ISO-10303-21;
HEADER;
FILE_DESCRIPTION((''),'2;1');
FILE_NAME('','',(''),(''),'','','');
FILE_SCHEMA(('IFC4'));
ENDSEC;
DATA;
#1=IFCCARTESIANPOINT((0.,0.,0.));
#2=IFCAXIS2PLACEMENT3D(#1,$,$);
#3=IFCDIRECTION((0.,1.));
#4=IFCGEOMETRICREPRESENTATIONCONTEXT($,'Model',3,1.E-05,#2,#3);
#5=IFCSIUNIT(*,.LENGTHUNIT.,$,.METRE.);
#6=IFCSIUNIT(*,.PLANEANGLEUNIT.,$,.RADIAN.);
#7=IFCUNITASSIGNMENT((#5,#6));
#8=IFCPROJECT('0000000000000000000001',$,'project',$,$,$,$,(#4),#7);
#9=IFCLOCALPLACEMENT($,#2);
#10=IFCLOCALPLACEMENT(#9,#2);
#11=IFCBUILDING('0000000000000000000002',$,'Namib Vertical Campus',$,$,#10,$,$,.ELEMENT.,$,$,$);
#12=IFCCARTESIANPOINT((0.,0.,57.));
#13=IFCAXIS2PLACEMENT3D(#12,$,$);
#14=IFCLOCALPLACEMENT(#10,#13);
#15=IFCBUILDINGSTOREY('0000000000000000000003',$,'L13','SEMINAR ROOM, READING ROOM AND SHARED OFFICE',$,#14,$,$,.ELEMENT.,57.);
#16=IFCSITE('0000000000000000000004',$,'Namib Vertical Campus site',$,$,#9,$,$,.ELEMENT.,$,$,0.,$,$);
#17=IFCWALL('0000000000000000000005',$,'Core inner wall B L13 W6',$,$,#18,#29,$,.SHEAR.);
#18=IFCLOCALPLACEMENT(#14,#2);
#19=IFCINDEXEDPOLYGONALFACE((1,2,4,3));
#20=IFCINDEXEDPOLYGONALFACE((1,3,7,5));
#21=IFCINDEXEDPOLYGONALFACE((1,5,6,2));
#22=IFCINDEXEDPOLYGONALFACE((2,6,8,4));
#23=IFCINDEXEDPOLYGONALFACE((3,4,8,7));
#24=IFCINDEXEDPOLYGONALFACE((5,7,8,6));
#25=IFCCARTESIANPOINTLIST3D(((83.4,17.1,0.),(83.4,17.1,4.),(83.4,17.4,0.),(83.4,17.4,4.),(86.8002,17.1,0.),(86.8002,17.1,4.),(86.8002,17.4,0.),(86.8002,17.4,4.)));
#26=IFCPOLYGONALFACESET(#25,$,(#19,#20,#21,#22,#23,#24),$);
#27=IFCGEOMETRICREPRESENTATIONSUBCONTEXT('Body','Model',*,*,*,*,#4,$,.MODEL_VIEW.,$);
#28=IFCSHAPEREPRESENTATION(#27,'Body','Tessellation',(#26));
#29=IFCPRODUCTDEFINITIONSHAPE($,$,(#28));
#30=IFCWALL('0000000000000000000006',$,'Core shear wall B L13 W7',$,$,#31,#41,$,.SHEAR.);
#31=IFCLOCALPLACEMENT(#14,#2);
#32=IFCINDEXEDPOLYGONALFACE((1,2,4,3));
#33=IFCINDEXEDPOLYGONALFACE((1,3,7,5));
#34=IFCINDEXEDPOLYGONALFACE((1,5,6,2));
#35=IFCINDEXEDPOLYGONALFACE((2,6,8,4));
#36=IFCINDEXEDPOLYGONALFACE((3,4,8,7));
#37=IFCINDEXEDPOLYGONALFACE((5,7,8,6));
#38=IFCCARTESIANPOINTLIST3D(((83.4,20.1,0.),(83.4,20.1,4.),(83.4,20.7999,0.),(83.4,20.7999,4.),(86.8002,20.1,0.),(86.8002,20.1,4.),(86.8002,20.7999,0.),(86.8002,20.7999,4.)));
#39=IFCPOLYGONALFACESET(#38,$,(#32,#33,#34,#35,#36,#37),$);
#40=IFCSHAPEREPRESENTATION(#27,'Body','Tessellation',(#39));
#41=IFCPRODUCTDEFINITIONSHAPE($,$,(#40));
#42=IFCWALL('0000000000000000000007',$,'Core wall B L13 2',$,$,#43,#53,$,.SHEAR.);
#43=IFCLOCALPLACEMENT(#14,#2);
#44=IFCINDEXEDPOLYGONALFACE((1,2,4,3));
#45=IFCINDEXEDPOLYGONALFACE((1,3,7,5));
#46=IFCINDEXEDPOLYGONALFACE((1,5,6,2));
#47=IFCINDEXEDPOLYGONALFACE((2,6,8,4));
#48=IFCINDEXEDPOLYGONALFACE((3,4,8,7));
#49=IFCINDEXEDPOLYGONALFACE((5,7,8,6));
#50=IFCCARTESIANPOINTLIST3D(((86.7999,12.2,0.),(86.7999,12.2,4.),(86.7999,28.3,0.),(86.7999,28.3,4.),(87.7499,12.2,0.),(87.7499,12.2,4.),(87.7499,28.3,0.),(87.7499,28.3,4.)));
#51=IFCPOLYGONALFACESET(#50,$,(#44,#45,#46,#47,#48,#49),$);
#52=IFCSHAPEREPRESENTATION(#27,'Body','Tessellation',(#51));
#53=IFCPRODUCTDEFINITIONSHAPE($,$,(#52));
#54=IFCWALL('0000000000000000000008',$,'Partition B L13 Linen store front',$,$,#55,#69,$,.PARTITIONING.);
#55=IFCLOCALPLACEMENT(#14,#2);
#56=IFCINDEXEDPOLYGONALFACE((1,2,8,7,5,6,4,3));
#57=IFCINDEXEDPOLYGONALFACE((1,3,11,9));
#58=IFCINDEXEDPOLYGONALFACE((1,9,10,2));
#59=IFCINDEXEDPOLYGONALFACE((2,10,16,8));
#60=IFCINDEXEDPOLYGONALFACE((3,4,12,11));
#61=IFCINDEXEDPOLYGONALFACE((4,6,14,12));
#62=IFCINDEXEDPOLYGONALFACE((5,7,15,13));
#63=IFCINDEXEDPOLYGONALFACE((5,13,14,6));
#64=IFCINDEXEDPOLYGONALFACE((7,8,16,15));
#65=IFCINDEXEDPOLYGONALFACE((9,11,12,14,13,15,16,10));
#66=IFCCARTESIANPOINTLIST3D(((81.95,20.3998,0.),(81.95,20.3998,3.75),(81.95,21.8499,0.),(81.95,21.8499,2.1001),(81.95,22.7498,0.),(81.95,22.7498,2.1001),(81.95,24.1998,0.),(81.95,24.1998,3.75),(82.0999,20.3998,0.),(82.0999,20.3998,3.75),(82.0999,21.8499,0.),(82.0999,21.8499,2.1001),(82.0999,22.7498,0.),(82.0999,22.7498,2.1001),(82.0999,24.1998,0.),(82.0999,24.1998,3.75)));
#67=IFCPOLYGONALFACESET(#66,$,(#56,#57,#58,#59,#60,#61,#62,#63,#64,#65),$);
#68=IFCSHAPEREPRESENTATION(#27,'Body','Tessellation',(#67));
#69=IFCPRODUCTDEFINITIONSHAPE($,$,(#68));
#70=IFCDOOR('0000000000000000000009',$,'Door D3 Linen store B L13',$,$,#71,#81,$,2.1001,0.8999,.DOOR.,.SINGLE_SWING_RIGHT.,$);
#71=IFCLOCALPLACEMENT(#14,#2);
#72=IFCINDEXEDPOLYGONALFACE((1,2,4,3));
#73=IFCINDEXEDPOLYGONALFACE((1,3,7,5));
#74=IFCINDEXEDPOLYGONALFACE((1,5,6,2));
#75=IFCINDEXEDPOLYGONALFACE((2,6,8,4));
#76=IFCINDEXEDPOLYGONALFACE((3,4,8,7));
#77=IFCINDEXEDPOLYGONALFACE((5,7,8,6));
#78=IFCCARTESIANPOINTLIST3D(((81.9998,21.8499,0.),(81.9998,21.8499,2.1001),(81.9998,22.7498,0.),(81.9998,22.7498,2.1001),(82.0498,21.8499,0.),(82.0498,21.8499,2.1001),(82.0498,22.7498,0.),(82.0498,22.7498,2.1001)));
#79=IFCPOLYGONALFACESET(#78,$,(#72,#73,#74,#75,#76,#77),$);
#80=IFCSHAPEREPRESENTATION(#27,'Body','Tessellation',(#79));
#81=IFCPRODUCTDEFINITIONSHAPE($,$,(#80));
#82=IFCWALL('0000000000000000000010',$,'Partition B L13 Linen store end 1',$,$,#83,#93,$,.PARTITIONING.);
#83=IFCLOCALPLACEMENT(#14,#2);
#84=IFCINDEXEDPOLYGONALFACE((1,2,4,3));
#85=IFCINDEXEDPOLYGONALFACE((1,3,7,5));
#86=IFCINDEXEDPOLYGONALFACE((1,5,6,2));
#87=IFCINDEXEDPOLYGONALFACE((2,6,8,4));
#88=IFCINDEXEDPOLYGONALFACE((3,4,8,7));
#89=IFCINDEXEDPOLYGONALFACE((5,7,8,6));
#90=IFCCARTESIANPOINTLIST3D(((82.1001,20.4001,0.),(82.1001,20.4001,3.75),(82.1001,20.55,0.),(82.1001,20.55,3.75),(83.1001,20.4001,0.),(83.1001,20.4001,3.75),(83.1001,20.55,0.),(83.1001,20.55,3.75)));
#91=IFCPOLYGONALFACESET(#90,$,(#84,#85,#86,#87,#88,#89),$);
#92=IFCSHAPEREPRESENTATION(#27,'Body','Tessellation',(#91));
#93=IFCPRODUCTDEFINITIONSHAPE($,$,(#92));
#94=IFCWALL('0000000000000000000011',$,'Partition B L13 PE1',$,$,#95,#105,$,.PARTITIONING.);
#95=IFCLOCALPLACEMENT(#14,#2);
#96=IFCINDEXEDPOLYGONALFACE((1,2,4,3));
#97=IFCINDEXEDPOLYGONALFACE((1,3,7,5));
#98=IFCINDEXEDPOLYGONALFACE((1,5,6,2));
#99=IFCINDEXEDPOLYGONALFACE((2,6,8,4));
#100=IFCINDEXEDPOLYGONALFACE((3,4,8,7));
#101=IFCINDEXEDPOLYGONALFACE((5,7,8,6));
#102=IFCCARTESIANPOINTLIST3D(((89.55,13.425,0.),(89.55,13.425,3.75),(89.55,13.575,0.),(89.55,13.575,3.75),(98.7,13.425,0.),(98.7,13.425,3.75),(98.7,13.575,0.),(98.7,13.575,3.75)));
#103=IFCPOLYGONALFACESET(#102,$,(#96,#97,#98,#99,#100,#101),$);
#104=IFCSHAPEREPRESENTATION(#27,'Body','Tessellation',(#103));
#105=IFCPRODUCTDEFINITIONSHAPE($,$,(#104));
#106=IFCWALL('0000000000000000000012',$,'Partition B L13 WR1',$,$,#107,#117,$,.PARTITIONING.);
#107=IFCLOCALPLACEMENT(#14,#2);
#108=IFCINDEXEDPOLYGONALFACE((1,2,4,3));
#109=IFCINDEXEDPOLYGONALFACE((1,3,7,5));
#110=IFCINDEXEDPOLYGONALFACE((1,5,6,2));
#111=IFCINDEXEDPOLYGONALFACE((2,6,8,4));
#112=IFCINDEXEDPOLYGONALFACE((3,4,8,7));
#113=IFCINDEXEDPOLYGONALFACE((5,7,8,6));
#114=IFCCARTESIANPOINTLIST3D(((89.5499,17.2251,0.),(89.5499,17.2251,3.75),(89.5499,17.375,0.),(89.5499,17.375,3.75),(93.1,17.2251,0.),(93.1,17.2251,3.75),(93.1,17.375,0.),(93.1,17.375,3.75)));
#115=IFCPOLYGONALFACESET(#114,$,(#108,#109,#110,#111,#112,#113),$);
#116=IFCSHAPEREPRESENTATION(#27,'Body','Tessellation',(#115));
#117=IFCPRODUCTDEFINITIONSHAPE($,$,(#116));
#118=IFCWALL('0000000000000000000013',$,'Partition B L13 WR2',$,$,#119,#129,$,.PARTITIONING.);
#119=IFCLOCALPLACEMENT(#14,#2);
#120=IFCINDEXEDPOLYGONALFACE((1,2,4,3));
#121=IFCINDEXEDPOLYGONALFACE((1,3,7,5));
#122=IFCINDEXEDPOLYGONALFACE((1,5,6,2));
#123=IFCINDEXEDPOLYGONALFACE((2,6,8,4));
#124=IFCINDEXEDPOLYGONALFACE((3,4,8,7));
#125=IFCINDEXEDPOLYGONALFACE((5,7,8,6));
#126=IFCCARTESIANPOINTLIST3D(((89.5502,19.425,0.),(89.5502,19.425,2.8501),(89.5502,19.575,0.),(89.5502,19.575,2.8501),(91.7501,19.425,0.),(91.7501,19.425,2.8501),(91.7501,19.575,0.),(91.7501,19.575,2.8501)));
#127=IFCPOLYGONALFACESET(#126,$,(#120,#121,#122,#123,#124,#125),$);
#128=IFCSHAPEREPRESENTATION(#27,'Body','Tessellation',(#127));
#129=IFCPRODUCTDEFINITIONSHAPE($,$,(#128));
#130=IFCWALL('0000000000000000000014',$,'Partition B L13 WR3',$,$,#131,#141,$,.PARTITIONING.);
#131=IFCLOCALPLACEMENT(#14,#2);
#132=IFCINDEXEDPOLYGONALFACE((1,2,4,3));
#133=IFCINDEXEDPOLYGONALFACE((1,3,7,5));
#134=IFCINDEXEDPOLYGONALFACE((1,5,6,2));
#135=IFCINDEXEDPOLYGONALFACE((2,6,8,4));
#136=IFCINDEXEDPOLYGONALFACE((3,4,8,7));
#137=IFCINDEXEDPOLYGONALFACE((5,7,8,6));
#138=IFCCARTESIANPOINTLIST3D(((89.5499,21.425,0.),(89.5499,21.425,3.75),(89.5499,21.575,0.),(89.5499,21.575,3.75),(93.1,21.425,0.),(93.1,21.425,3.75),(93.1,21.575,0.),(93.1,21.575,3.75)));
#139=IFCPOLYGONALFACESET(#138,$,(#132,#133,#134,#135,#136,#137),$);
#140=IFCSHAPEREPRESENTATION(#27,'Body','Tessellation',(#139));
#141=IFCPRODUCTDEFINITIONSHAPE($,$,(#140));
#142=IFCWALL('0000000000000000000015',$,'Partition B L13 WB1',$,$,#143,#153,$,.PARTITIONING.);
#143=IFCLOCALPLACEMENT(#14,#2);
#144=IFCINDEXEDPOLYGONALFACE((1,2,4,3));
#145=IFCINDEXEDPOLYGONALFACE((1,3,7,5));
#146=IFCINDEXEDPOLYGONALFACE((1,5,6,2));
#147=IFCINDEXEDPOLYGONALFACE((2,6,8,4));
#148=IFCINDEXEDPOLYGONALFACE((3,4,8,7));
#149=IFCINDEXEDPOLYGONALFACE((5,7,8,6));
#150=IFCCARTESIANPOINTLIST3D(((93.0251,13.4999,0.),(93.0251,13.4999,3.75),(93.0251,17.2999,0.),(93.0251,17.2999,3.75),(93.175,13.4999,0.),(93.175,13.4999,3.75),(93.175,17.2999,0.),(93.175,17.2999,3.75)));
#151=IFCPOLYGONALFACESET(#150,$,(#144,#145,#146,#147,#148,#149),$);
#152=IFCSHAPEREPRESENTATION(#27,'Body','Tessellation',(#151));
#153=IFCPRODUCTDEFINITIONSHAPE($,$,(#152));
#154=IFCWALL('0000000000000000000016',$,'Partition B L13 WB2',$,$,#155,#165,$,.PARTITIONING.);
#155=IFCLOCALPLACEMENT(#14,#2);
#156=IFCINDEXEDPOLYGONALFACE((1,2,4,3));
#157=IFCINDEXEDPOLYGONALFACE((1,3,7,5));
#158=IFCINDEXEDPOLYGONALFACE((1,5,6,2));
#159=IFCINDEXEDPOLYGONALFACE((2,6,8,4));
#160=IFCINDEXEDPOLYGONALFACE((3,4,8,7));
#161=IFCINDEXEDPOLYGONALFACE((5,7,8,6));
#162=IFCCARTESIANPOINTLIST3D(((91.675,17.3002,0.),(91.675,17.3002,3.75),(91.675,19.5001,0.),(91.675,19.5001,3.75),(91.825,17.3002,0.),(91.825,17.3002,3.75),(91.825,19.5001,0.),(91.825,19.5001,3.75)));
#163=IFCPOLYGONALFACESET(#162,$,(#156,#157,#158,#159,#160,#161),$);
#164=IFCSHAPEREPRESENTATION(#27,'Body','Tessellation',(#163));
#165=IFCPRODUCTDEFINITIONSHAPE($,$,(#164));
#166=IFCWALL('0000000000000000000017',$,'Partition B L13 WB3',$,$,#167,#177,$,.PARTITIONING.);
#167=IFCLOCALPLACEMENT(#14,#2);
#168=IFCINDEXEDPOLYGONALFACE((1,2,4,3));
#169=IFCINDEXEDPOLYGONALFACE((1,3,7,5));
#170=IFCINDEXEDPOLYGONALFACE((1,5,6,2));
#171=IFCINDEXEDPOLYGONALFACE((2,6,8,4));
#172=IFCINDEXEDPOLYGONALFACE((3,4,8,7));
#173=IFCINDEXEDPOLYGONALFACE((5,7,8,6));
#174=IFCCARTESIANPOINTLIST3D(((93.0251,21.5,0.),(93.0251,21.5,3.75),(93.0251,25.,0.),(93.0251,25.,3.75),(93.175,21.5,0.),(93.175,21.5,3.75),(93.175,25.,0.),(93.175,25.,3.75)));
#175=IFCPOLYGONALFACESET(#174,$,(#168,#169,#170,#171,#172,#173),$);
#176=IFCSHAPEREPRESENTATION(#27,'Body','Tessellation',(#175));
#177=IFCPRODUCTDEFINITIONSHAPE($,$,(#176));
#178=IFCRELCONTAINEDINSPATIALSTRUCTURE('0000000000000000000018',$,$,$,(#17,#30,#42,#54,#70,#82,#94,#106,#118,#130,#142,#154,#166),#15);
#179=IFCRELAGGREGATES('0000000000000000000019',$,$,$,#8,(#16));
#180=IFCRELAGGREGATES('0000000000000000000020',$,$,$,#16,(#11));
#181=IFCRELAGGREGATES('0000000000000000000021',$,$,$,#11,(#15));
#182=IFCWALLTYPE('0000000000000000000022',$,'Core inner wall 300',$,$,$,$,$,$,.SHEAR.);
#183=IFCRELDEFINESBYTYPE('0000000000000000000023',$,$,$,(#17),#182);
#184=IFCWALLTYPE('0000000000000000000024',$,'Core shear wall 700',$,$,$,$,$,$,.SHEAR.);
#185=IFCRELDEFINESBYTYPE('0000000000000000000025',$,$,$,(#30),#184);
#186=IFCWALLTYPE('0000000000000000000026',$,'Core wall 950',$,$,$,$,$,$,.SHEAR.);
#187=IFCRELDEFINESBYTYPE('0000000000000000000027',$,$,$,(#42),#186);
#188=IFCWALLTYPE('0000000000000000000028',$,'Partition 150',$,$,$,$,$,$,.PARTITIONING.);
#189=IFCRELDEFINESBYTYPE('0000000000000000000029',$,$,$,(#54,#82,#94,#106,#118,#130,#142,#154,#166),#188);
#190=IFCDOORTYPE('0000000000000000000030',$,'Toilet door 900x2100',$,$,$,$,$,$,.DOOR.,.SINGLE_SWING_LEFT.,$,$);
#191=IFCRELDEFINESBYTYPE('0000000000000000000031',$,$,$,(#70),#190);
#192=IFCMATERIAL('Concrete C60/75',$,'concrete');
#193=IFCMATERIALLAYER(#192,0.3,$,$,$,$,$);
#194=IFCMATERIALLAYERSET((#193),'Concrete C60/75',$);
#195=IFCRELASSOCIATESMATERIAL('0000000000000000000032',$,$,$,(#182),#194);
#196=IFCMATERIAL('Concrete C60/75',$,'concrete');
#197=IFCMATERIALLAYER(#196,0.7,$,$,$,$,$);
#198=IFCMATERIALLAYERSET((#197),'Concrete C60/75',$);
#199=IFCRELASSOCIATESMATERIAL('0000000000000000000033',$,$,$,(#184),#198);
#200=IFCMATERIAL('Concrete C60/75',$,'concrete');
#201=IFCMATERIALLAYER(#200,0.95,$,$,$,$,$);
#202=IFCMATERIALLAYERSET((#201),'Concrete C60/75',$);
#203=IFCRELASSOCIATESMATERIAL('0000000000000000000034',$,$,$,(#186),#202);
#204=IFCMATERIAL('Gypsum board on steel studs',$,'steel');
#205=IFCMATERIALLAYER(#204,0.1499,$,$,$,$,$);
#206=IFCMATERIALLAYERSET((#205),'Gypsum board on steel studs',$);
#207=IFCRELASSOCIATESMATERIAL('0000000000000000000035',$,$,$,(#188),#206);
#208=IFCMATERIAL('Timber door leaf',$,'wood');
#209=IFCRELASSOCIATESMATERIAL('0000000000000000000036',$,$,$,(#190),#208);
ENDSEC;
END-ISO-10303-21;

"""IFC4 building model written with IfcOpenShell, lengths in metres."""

from ifc_helpers import new_model, si_unit, direction, frame, frame_2d, origin, place, context, subcontext, project, spatial, rectangle, extrude, material, layer, layer_set, type_object, element, fill, save


model = new_model("IFC4")

# Units and contexts
model_context = context("Model", 3, precision=1e-05, world=origin(), true_north=direction((0.0, 1.0)))
body_context = subcontext(model_context, "Body", "Model", "MODEL_VIEW")
ifc_project = project(units=[si_unit("LENGTHUNIT", "METRE"), si_unit("PLANEANGLEUNIT", "RADIAN")], contexts=[model_context])

# Site, building, storey
site_placement = place(None, origin())
site = spatial("IfcSite", under=ifc_project, at=site_placement, Name="Namib Vertical Campus site", CompositionType="ELEMENT", RefElevation=0.0)
building_placement = place(site_placement, origin())
building = spatial("IfcBuilding", under=site, at=building_placement, Name="Namib Vertical Campus", CompositionType="ELEMENT")
storey_placement = place(building_placement, frame((0.0, 0.0, 57.0)))
storey = spatial("IfcBuildingStorey", under=building, at=storey_placement, Name="L13", Description="SEMINAR ROOM, READING ROOM AND SHARED OFFICE", CompositionType="ELEMENT", Elevation=57.0)

# Shared definitions
ifc_material_1 = material(Name="Concrete C60/75", Category="concrete")
ifc_layer_1 = layer(ifc_material_1, 0.3)
ifc_layer_set_1 = layer_set([ifc_layer_1], Name="Concrete C60/75")
wall_type_1 = type_object("IfcWallType", Name="Core inner wall 300", PredefinedType="SHEAR", material=ifc_layer_set_1)

# Walls
for number, where, z_axis, x_axis, name in (
    (1, (83.3999, 17.25, 0.0), (0.0, 0.0, 1.0), (1.0, 0.0, 0.0), "Core inner wall B L13 W6"),
):
    element("IfcWall", number, at=place(storey_placement, frame(where, z_axis=z_axis, x_axis=x_axis)), inside=storey, type_object=wall_type_1, Name=name, PredefinedType="SHEAR", context=body_context, shape_type="SweptSolid", body=[
        extrude(rectangle(XDim=3.4001, YDim=0.3, at=frame_2d((1.7002, 0.0))), origin(), (0.0, 0.0, 1.0), 4.0),
    ])
ifc_material_2 = material(Name="Concrete C60/75", Category="concrete")
ifc_layer_2 = layer(ifc_material_2, 0.7)
ifc_layer_set_2 = layer_set([ifc_layer_2], Name="Concrete C60/75")
wall_type_2 = type_object("IfcWallType", Name="Core shear wall 700", PredefinedType="SHEAR", material=ifc_layer_set_2)
wall_1_placement = place(storey_placement, frame((83.3999, 20.45, 0.0), z_axis=(0.0, 0.0, 1.0), x_axis=(1.0, 0.0, 0.0)))
element("IfcWall", 2, at=wall_1_placement, inside=storey, type_object=wall_type_2, Name="Core shear wall B L13 W7", PredefinedType="SHEAR", context=body_context, shape_type="SweptSolid", body=[
    extrude(rectangle(XDim=3.4001, YDim=0.7, at=frame_2d((1.7002, 0.0))), origin(), (0.0, 0.0, 1.0), 4.0),
])
ifc_material_3 = material(Name="Concrete C60/75", Category="concrete")
ifc_layer_3 = layer(ifc_material_3, 0.95)
ifc_layer_set_3 = layer_set([ifc_layer_3], Name="Concrete C60/75")
wall_type_3 = type_object("IfcWallType", Name="Core wall 950", PredefinedType="SHEAR", material=ifc_layer_set_3)
wall_2_placement = place(storey_placement, frame((87.2749, 12.2, 0.0), z_axis=(0.0, 0.0, 1.0), x_axis=(0.0, 1.0, 0.0)))
element("IfcWall", 3, at=wall_2_placement, inside=storey, type_object=wall_type_3, Name="Core wall B L13 2", PredefinedType="SHEAR", context=body_context, shape_type="SweptSolid", body=[
    extrude(rectangle(XDim=16.1001, YDim=0.95, at=frame_2d((8.05, 0.0))), origin(), (0.0, 0.0, 1.0), 4.0),
])

# Wall, opening, door
ifc_material_4 = material(Name="Gypsum board on steel studs", Category="steel")
ifc_layer_4 = layer(ifc_material_4, 0.1499)
ifc_layer_set_4 = layer_set([ifc_layer_4], Name="Gypsum board on steel studs")
wall_type_4 = type_object("IfcWallType", Name="Partition 150", PredefinedType="PARTITIONING", material=ifc_layer_set_4)
wall_3_placement = place(storey_placement, frame((82.0249, 20.3999, 0.0), z_axis=(0.0, 0.0, 1.0), x_axis=(0.0, 1.0, 0.0)))
wall_3 = element("IfcWall", 4, at=wall_3_placement, inside=storey, type_object=wall_type_4, Name="Partition B L13 Linen store front", PredefinedType="PARTITIONING", context=body_context, shape_type="SweptSolid", body=[
    extrude(rectangle(XDim=3.8, YDim=0.1499, at=frame_2d((1.8999, 0.0))), origin(), (0.0, 0.0, 1.0), 3.75),
])
opening_1_placement = place(wall_3_placement, frame((1.45, 0.0, 0.0)))
opening_1 = element("IfcOpeningElement", 5, at=opening_1_placement, cuts=wall_3, PredefinedType="OPENING", context=body_context, shape_type="SweptSolid", body=[
    extrude(rectangle(XDim=0.8999, YDim=2.1001, at=frame_2d((0.45, 1.05))), frame((0.0, 0.085, 0.0), z_axis=(0.0, -1.0, 0.0), x_axis=(1.0, 0.0, 0.0)), (0.0, 0.0, 1.0), 0.1699),
])
ifc_material_5 = material(Name="Timber door leaf", Category="wood")
door_type_1 = type_object("IfcDoorType", Name="Toilet door 900x2100", OperationType="SINGLE_SWING_LEFT", PredefinedType="DOOR", material=ifc_material_5)
door_1_placement = place(opening_1_placement, frame((0.8999, 0.0, 0.0), z_axis=(0.0, 0.0, 1.0), x_axis=(-1.0, 0.0, 0.0)))
door_1 = element("IfcDoor", 6, at=door_1_placement, inside=storey, type_object=door_type_1, Name="Door D3 Linen store B L13", OperationType="SINGLE_SWING_RIGHT", OverallHeight=2.1001, OverallWidth=0.8999, PredefinedType="DOOR", context=body_context, shape_type="SweptSolid", body=[
    extrude(rectangle(XDim=0.8999, YDim=2.1001, at=frame_2d((0.45, 1.05))), frame((0.0, 0.0249, 0.0), z_axis=(0.0, -1.0, 0.0), x_axis=(1.0, 0.0, 0.0)), (0.0, 0.0, 1.0), 0.05),
])
fill(opening_1, door_1)

# Walls
wall_4_placement = place(storey_placement, frame((82.1001, 20.4751, 0.0), z_axis=(0.0, 0.0, 1.0), x_axis=(1.0, 0.0, 0.0)))
element("IfcWall", 7, at=wall_4_placement, inside=storey, type_object=wall_type_4, Name="Partition B L13 Linen store end 1", PredefinedType="PARTITIONING", context=body_context, shape_type="SweptSolid", body=[
    extrude(rectangle(XDim=1.0, YDim=0.1499, at=frame_2d((0.5, 0.0))), origin(), (0.0, 0.0, 1.0), 3.75),
])
wall_5_placement = place(storey_placement, frame((89.55, 13.5, 0.0), z_axis=(0.0, 0.0, 1.0), x_axis=(1.0, 0.0, 0.0)))
element("IfcWall", 8, at=wall_5_placement, inside=storey, type_object=wall_type_4, Name="Partition B L13 PE1", PredefinedType="PARTITIONING", context=body_context, shape_type="SweptSolid", body=[
    extrude(rectangle(XDim=9.1499, YDim=0.1499, at=frame_2d((4.575, 0.0))), origin(), (0.0, 0.0, 1.0), 3.75),
])
wall_6_placement = place(storey_placement, frame((89.55, 17.3, 0.0), z_axis=(0.0, 0.0, 1.0), x_axis=(1.0, 0.0, 0.0)))
element("IfcWall", 9, at=wall_6_placement, inside=storey, type_object=wall_type_4, Name="Partition B L13 WR1", PredefinedType="PARTITIONING", context=body_context, shape_type="SweptSolid", body=[
    extrude(rectangle(XDim=3.55, YDim=0.1499, at=frame_2d((1.7749, 0.0))), origin(), (0.0, 0.0, 1.0), 3.75),
])
wall_7_placement = place(storey_placement, frame((89.55, 19.5, 0.0), z_axis=(0.0, 0.0, 1.0), x_axis=(1.0, 0.0, 0.0)))
element("IfcWall", 10, at=wall_7_placement, inside=storey, type_object=wall_type_4, Name="Partition B L13 WR2", PredefinedType="PARTITIONING", context=body_context, shape_type="SweptSolid", body=[
    extrude(rectangle(XDim=2.2, YDim=0.1499, at=frame_2d((1.1001, 0.0))), origin(), (0.0, 0.0, 1.0), 2.8501),
])
wall_8_placement = place(storey_placement, frame((89.55, 21.5, 0.0), z_axis=(0.0, 0.0, 1.0), x_axis=(1.0, 0.0, 0.0)))
element("IfcWall", 11, at=wall_8_placement, inside=storey, type_object=wall_type_4, Name="Partition B L13 WR3", PredefinedType="PARTITIONING", context=body_context, shape_type="SweptSolid", body=[
    extrude(rectangle(XDim=3.55, YDim=0.1499, at=frame_2d((1.7749, 0.0))), origin(), (0.0, 0.0, 1.0), 3.75),
])
wall_9_placement = place(storey_placement, frame((93.1001, 13.5, 0.0), z_axis=(0.0, 0.0, 1.0), x_axis=(0.0, 1.0, 0.0)))
element("IfcWall", 12, at=wall_9_placement, inside=storey, type_object=wall_type_4, Name="Partition B L13 WB1", PredefinedType="PARTITIONING", context=body_context, shape_type="SweptSolid", body=[
    extrude(rectangle(XDim=3.8, YDim=0.1499, at=frame_2d((1.8999, 0.0))), origin(), (0.0, 0.0, 1.0), 3.75),
])
wall_10_placement = place(storey_placement, frame((91.75, 17.3, 0.0), z_axis=(0.0, 0.0, 1.0), x_axis=(0.0, 1.0, 0.0)))
element("IfcWall", 13, at=wall_10_placement, inside=storey, type_object=wall_type_4, Name="Partition B L13 WB2", PredefinedType="PARTITIONING", context=body_context, shape_type="SweptSolid", body=[
    extrude(rectangle(XDim=2.2, YDim=0.1499, at=frame_2d((1.1001, 0.0))), origin(), (0.0, 0.0, 1.0), 3.75),
])
wall_11_placement = place(storey_placement, frame((93.1001, 21.5, 0.0), z_axis=(0.0, 0.0, 1.0), x_axis=(0.0, 1.0, 0.0)))
element("IfcWall", 14, at=wall_11_placement, inside=storey, type_object=wall_type_4, Name="Partition B L13 WB3", PredefinedType="PARTITIONING", context=body_context, shape_type="SweptSolid", body=[
    extrude(rectangle(XDim=3.5, YDim=0.1499, at=frame_2d((1.75, 0.0))), origin(), (0.0, 0.0, 1.0), 3.75),
])

save(model, "model.ifc")
